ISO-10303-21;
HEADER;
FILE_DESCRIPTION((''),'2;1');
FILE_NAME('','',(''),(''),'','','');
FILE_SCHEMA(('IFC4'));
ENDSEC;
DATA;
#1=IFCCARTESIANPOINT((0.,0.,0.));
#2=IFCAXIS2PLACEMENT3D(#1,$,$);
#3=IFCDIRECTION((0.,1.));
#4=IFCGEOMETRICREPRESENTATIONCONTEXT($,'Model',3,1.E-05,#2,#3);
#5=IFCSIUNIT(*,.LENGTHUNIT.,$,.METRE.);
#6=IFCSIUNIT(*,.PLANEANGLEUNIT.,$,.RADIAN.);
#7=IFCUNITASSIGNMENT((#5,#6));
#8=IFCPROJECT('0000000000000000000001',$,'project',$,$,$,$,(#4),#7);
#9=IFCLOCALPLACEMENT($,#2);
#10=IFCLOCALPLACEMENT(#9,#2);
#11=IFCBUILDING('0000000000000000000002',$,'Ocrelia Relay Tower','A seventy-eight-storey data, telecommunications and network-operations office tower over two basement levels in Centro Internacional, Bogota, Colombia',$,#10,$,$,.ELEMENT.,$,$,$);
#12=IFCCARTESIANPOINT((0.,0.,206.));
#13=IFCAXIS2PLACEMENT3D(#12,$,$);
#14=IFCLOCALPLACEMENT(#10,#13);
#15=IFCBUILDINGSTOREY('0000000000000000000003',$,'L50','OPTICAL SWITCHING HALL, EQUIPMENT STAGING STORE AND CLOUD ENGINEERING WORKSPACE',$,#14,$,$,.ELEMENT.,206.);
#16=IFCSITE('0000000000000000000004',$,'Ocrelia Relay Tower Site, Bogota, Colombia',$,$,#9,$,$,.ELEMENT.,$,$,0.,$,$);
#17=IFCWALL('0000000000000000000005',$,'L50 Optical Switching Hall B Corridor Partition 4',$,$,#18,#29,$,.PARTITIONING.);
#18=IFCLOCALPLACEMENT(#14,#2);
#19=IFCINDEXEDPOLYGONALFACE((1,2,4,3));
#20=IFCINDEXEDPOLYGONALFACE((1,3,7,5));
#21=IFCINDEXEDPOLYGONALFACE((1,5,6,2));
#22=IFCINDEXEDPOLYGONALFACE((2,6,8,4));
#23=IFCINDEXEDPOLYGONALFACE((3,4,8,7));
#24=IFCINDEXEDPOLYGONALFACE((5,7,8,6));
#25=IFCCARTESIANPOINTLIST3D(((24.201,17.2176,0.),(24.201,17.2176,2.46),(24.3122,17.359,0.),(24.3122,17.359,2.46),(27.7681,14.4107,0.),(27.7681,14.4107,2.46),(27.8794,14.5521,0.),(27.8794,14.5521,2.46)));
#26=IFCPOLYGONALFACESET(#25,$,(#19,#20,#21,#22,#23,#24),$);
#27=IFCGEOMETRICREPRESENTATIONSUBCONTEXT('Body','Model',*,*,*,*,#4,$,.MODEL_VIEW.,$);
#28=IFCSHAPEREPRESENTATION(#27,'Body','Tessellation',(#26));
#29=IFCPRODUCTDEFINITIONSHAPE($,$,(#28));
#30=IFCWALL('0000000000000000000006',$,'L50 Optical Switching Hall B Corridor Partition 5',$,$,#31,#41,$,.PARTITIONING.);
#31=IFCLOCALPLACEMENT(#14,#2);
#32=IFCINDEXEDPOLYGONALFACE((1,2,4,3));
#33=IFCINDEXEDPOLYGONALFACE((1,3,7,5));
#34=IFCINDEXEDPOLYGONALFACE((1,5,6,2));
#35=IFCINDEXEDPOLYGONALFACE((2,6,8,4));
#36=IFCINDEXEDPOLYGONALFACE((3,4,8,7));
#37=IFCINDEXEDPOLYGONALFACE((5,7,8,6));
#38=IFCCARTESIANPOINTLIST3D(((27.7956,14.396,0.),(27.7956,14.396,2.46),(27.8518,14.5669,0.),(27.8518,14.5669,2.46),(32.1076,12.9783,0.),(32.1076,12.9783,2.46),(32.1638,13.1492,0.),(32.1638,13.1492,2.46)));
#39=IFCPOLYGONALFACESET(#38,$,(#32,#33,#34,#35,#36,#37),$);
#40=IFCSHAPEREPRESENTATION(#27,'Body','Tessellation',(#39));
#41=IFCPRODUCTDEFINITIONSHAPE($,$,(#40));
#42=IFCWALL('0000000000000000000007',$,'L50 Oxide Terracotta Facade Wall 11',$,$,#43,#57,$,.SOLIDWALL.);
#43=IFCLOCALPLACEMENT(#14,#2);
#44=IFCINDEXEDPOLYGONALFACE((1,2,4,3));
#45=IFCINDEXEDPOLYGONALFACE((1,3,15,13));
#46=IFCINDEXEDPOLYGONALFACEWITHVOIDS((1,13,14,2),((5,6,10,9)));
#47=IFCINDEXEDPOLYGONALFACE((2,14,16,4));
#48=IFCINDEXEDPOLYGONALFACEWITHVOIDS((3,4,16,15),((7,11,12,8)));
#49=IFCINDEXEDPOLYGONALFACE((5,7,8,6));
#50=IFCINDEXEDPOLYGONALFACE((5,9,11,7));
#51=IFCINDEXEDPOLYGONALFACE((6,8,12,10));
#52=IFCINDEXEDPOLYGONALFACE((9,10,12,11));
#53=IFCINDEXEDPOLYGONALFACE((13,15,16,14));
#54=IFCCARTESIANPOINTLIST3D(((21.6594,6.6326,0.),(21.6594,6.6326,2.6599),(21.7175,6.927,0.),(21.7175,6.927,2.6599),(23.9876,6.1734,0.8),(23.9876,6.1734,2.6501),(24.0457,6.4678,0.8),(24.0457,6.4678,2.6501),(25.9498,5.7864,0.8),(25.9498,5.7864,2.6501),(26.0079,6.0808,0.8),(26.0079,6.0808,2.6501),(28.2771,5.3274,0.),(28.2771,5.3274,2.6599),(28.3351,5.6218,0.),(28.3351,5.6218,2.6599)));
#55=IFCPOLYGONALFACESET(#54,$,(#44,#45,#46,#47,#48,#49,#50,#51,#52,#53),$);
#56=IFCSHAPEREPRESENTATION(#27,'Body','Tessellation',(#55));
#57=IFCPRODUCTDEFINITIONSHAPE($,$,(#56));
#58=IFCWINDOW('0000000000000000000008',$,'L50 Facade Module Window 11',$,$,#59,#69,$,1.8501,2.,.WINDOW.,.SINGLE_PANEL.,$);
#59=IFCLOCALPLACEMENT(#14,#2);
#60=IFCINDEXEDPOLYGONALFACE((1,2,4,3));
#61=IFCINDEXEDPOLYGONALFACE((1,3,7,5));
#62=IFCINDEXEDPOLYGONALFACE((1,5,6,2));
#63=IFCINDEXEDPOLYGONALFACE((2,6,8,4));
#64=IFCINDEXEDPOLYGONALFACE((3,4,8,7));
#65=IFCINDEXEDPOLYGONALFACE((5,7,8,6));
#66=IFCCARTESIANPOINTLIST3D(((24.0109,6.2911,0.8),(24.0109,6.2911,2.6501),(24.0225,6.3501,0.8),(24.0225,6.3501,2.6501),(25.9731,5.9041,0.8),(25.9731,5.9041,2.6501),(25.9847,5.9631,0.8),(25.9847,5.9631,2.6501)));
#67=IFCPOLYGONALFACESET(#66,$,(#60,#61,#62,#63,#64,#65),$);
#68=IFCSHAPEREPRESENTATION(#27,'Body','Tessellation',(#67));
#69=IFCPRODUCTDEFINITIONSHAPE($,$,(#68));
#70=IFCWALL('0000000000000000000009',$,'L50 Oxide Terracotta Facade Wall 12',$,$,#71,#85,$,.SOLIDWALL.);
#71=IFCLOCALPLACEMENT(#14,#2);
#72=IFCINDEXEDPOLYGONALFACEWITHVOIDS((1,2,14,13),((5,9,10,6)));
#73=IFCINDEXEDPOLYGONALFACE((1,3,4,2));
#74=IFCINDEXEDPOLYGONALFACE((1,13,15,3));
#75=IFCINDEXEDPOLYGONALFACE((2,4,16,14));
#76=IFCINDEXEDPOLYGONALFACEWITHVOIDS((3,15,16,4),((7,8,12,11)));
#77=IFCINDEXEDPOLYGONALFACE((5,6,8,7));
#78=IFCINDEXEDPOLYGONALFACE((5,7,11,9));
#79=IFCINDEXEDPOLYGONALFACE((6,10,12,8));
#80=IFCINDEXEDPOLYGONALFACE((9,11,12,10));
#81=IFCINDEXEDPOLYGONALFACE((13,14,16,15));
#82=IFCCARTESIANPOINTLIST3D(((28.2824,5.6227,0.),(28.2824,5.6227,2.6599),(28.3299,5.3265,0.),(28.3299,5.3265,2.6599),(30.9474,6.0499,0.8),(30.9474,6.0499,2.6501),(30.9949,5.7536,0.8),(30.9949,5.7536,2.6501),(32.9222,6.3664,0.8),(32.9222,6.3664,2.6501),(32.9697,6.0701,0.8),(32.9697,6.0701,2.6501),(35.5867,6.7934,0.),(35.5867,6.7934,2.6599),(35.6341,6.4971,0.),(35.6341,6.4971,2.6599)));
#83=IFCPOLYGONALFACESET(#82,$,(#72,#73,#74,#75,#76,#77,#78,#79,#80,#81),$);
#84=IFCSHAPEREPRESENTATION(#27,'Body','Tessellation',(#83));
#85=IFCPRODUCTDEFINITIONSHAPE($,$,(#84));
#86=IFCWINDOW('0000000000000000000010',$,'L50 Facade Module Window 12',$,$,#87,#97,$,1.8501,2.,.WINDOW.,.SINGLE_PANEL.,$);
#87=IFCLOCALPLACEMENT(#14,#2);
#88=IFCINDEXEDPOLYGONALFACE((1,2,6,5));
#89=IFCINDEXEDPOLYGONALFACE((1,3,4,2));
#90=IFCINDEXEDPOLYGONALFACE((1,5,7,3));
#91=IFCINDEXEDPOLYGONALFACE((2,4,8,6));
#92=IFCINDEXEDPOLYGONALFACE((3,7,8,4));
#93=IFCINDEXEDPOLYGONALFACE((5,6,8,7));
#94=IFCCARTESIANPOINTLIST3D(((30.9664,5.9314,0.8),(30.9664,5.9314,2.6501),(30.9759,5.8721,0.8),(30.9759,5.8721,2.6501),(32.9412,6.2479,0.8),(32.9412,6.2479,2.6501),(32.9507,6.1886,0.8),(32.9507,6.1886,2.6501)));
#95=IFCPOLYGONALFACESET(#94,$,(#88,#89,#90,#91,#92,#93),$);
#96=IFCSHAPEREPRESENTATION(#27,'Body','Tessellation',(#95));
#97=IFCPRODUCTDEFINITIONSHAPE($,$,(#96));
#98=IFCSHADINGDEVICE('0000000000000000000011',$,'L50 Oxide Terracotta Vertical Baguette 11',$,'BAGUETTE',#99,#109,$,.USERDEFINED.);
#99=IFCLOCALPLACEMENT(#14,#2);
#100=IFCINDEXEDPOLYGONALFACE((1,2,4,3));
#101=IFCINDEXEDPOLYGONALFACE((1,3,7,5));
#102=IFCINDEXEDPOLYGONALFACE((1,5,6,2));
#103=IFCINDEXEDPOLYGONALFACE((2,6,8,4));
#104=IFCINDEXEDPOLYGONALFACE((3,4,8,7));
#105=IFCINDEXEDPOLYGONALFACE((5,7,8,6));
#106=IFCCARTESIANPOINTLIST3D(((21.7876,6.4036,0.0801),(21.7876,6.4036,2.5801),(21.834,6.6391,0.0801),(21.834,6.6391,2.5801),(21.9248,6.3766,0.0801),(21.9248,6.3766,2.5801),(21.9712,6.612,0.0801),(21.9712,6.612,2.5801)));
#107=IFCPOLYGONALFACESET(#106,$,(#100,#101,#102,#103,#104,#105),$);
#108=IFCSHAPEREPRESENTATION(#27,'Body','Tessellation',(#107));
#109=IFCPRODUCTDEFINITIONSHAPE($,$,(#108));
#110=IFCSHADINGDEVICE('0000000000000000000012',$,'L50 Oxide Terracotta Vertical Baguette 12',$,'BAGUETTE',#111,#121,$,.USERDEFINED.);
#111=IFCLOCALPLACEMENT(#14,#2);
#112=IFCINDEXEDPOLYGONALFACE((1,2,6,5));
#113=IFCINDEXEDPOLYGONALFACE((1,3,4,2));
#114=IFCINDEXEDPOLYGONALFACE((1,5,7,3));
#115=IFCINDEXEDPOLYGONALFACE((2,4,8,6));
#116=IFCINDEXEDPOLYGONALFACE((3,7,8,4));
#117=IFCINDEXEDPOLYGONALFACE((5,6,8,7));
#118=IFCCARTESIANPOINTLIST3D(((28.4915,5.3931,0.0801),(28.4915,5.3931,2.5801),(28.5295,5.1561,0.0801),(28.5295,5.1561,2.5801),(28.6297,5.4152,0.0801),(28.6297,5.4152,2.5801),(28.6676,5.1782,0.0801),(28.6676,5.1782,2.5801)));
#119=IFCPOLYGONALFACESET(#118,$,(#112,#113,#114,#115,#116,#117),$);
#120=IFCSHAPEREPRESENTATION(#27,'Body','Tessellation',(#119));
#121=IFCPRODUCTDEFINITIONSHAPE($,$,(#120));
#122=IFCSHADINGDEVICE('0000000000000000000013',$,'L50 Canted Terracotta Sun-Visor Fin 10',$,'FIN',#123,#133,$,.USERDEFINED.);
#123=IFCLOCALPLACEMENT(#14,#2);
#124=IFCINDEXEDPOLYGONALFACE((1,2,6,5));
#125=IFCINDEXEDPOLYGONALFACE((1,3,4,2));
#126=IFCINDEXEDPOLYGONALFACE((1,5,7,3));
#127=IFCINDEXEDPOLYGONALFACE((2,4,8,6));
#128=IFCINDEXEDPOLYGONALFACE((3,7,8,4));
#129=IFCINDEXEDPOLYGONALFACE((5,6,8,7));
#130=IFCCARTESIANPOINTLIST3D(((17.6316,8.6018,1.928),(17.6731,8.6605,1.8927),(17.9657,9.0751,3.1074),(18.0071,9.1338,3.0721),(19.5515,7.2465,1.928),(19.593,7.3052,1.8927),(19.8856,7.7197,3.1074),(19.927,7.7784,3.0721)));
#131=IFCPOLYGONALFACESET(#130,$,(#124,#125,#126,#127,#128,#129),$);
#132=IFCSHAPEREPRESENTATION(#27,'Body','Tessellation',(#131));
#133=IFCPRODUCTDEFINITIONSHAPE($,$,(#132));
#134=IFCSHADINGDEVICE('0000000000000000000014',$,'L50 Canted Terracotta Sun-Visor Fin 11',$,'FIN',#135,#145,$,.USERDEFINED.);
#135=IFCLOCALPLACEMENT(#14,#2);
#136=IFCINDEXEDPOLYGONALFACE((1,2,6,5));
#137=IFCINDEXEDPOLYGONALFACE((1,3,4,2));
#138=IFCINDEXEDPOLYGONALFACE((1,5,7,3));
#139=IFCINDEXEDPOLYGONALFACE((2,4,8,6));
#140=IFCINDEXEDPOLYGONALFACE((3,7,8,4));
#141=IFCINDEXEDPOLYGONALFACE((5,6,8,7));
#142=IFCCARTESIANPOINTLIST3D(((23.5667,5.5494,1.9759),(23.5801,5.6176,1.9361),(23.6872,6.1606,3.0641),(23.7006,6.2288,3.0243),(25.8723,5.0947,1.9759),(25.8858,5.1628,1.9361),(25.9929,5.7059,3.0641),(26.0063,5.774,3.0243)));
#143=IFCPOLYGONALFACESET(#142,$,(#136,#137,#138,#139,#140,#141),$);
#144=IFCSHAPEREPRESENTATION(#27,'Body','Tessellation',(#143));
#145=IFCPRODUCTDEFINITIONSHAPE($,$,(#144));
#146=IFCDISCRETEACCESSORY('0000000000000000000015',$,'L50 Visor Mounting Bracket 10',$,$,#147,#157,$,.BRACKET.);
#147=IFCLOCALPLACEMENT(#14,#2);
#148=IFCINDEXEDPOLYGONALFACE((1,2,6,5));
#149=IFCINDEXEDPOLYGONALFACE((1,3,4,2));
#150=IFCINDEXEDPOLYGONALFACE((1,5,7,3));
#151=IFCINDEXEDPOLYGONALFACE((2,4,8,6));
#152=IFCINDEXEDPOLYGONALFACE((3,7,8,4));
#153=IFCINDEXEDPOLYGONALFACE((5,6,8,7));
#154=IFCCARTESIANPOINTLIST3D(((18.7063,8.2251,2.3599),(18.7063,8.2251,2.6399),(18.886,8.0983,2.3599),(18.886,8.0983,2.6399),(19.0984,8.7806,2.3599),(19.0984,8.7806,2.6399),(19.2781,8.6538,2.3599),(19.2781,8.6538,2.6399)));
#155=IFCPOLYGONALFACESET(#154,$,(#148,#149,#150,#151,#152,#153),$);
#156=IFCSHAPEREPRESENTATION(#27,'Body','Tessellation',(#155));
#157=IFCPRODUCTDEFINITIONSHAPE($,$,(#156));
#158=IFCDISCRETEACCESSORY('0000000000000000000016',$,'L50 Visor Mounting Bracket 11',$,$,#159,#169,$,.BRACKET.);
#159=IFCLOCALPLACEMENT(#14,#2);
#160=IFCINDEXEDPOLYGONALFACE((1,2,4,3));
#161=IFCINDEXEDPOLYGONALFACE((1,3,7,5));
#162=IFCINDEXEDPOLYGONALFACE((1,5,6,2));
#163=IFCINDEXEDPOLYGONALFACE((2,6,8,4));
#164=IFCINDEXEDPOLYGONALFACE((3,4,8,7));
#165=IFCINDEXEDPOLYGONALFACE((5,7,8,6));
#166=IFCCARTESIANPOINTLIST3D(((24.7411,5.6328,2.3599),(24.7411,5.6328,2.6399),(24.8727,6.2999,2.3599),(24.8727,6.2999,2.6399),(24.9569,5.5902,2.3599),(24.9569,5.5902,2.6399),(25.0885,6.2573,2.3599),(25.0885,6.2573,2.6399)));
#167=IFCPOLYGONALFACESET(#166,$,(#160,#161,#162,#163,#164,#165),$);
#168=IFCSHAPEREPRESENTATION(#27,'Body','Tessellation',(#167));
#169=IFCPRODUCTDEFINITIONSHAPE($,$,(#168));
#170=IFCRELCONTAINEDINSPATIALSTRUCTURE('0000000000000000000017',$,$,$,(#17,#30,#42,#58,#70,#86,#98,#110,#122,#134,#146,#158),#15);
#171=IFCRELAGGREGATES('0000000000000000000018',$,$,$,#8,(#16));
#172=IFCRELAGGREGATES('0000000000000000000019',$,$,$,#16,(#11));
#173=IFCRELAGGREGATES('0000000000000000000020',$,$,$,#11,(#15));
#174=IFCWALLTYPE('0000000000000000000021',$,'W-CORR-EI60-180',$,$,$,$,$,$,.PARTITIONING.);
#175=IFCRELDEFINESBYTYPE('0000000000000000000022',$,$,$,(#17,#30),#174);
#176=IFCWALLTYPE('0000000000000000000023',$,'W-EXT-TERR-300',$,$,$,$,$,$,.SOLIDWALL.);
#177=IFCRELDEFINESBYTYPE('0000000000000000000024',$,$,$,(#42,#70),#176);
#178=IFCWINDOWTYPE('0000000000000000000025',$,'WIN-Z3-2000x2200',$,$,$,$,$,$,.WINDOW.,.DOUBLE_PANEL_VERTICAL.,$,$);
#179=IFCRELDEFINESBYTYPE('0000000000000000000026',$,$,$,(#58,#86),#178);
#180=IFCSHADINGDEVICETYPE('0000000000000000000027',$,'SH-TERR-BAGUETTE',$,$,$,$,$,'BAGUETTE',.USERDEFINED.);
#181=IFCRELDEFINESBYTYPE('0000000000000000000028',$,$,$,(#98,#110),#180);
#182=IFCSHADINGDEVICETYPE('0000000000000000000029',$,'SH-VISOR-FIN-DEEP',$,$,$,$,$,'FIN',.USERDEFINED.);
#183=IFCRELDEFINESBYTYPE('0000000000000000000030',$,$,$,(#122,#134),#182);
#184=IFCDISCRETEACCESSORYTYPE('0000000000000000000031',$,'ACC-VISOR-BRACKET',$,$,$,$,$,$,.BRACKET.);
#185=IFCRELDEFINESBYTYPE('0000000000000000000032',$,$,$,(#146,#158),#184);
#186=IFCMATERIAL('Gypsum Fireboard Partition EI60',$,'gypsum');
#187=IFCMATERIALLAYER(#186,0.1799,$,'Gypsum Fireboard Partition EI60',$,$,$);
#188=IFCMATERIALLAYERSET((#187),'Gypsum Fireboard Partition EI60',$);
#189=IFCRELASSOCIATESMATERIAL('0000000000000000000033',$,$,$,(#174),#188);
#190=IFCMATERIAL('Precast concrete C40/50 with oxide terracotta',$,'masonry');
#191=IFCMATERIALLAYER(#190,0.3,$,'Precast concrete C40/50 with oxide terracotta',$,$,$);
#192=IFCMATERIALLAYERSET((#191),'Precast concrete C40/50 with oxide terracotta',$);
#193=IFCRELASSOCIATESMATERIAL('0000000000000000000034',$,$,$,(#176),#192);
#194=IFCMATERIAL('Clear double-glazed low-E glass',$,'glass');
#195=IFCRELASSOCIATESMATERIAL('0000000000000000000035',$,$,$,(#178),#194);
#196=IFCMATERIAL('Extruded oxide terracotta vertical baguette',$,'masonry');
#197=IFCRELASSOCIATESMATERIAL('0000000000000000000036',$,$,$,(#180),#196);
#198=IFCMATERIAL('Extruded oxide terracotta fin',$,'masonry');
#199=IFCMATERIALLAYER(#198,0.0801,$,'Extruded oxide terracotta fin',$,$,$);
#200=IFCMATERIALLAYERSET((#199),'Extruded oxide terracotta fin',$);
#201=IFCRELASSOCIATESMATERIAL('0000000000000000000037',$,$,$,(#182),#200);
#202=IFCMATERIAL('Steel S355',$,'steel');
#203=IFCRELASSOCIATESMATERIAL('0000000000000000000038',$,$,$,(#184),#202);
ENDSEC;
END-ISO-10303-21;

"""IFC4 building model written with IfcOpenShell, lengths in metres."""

from ifc_helpers import new_model, si_unit, direction, frame, frame_2d, origin, origin_2d, place, context, subcontext, project, spatial, rectangle, extrude, material, layer, layer_set, type_object, element, fill, save


model = new_model("IFC4")

# Units and contexts
model_context = context("Model", 3, precision=1e-05, world=origin(), true_north=direction((0.0, 1.0)))
body_context = subcontext(model_context, "Body", "Model", "MODEL_VIEW")
ifc_project = project(units=[si_unit("LENGTHUNIT", "METRE"), si_unit("PLANEANGLEUNIT", "RADIAN")], contexts=[model_context])

# Site, building, storey
site_placement = place(None, origin())
site = spatial("IfcSite", under=ifc_project, at=site_placement, Name="Ocrelia Relay Tower Site, Bogota, Colombia", CompositionType="ELEMENT", RefElevation=0.0)
building_placement = place(site_placement, origin())
building = spatial("IfcBuilding", under=site, at=building_placement, Name="Ocrelia Relay Tower", Description="A seventy-eight-storey data, telecommunications and network-operations office tower over two basement levels in Centro Internacional, Bogota, Colombia", CompositionType="ELEMENT")
storey_placement = place(building_placement, frame((0.0, 0.0, 206.0)))
storey = spatial("IfcBuildingStorey", under=building, at=storey_placement, Name="L50", Description="OPTICAL SWITCHING HALL, EQUIPMENT STAGING STORE AND CLOUD ENGINEERING WORKSPACE", CompositionType="ELEMENT", Elevation=206.0)

# Shared definitions
ifc_material_1 = material(Name="Steel S355", Category="steel")

# Shared definitions
ifc_material_2 = material(Name="Clear double-glazed low-E glass", Category="glass")

# Walls
ifc_material_3 = material(Name="Gypsum Fireboard Partition EI60", Category="gypsum")
ifc_layer_1 = layer(ifc_material_3, 0.1799, Name="Gypsum Fireboard Partition EI60")
ifc_layer_set_1 = layer_set([ifc_layer_1], Name="Gypsum Fireboard Partition EI60")
wall_type_1 = type_object("IfcWallType", Name="W-CORR-EI60-180", PredefinedType="PARTITIONING", material=ifc_layer_set_1)
for number, where, z_axis, x_axis, name in (
    (1, (24.2566, 17.2883, 0.0), (0.0, 0.0, 1.0), (0.785876, -0.618384, 0.0), "L50 Optical Switching Hall B Corridor Partition 4"),
    (2, (27.8237, 14.4814, 0.0), (0.0, 0.0, 1.0), (0.949972, -0.312336, 0.0), "L50 Optical Switching Hall B Corridor Partition 5"),
):
    element("IfcWall", number, at=place(storey_placement, frame(where, z_axis=z_axis, x_axis=x_axis)), inside=storey, type_object=wall_type_1, Name=name, PredefinedType="PARTITIONING", context=body_context, shape_type="SweptSolid", body=[
        extrude(rectangle(XDim=4.5391, YDim=0.1799, at=frame_2d((2.2695, 0.0))), origin(), (0.0, 0.0, 1.0), 2.46),
    ])

# Walls, openings, windows
ifc_material_4 = material(Name="Precast concrete C40/50 with oxide terracotta", Category="masonry")
ifc_layer_2 = layer(ifc_material_4, 0.3, Name="Precast concrete C40/50 with oxide terracotta")
ifc_layer_set_2 = layer_set([ifc_layer_2], Name="Precast concrete C40/50 with oxide terracotta")
wall_type_2 = type_object("IfcWallType", Name="W-EXT-TERR-300", PredefinedType="SOLIDWALL", material=ifc_layer_set_2)
wall_1_placement = place(storey_placement, frame((21.6885, 6.7798, 0.0), z_axis=(0.0, 0.0, 1.0), x_axis=(0.981101, -0.193498, 0.0)))
wall_1 = element("IfcWall", 3, at=wall_1_placement, inside=storey, type_object=wall_type_2, Name="L50 Oxide Terracotta Facade Wall 11", PredefinedType="SOLIDWALL", context=body_context, shape_type="SweptSolid", body=[
    extrude(rectangle(XDim=6.7451, YDim=0.3, at=frame_2d((3.3726, 0.0))), origin(), (0.0, 0.0, 1.0), 2.6599),
])
opening_1_placement = place(wall_1_placement, frame((2.373, 0.0, 0.8)))
opening_1 = element("IfcOpeningElement", 4, at=opening_1_placement, cuts=wall_1, PredefinedType="OPENING", context=body_context, shape_type="SweptSolid", body=[
    extrude(rectangle(XDim=2.0, YDim=1.8501, at=frame_2d((1.0, 0.925))), frame((0.0, 0.1602, 0.0), z_axis=(0.0, -1.0, 0.0), x_axis=(1.0, 0.0, 0.0)), (0.0, 0.0, 1.0), 0.3201),
])
window_type = type_object("IfcWindowType", Name="WIN-Z3-2000x2200", PartitioningType="DOUBLE_PANEL_VERTICAL", PredefinedType="WINDOW", material=ifc_material_2)
window_1_placement = place(opening_1_placement, origin())
window_1 = element("IfcWindow", 5, at=window_1_placement, inside=storey, type_object=window_type, Name="L50 Facade Module Window 11", OverallHeight=1.8501, OverallWidth=2.0, PartitioningType="SINGLE_PANEL", PredefinedType="WINDOW", context=body_context, shape_type="SweptSolid", body=[
    extrude(rectangle(XDim=2.0, YDim=1.8501, at=frame_2d((1.0, 0.925))), frame((0.0, 0.03, 0.0), z_axis=(0.0, -1.0, 0.0), x_axis=(1.0, 0.0, 0.0)), (0.0, 0.0, 1.0), 0.0601),
])
fill(opening_1, window_1)
wall_2_placement = place(storey_placement, frame((28.3062, 5.4746, 0.0), z_axis=(0.0, 0.0, 1.0), x_axis=(0.987399, 0.158252, 0.0)))
wall_2 = element("IfcWall", 6, at=wall_2_placement, inside=storey, type_object=wall_type_2, Name="L50 Oxide Terracotta Facade Wall 12", PredefinedType="SOLIDWALL", context=body_context, shape_type="SweptSolid", body=[
    extrude(rectangle(XDim=7.3975, YDim=0.3, at=frame_2d((3.6987, 0.0))), origin(), (0.0, 0.0, 1.0), 2.6599),
])
opening_2_placement = place(wall_2_placement, frame((2.699, 0.0, 0.8)))
opening_2 = element("IfcOpeningElement", 7, at=opening_2_placement, cuts=wall_2, PredefinedType="OPENING", context=body_context, shape_type="SweptSolid", body=[
    extrude(rectangle(XDim=2.0, YDim=1.8501, at=frame_2d((1.0, 0.925))), frame((0.0, 0.1602, 0.0), z_axis=(0.0, -1.0, 0.0), x_axis=(1.0, 0.0, 0.0)), (0.0, 0.0, 1.0), 0.3201),
])
window_2_placement = place(opening_2_placement, origin())
window_2 = element("IfcWindow", 8, at=window_2_placement, inside=storey, type_object=window_type, Name="L50 Facade Module Window 12", OverallHeight=1.8501, OverallWidth=2.0, PartitioningType="SINGLE_PANEL", PredefinedType="WINDOW", context=body_context, shape_type="SweptSolid", body=[
    extrude(rectangle(XDim=2.0, YDim=1.8501, at=frame_2d((1.0, 0.925))), frame((0.0, 0.03, 0.0), z_axis=(0.0, -1.0, 0.0), x_axis=(1.0, 0.0, 0.0)), (0.0, 0.0, 1.0), 0.0601),
])
fill(opening_2, window_2)

# Shading devices
ifc_material_5 = material(Name="Extruded oxide terracotta vertical baguette", Category="masonry")
shading_device_type_1 = type_object("IfcShadingDeviceType", Name="SH-TERR-BAGUETTE", ElementType="BAGUETTE", PredefinedType="USERDEFINED", material=ifc_material_5)
for number, where, z_axis, x_axis, name in (
    (9, (21.8794, 6.5078, 0.0801), (0.0, 0.0, 1.0), (0.981102, -0.19349, 0.0), "L50 Oxide Terracotta Vertical Baguette 11"),
    (10, (28.5796, 5.2856, 0.0801), (0.0, 0.0, 1.0), (0.9874, 0.158243, 0.0), "L50 Oxide Terracotta Vertical Baguette 12"),
):
    element("IfcShadingDevice", number, at=place(storey_placement, frame(where, z_axis=z_axis, x_axis=x_axis)), inside=storey, type_object=shading_device_type_1, Name=name, ObjectType="BAGUETTE", PredefinedType="USERDEFINED", context=body_context, shape_type="SweptSolid", body=[
        extrude(rectangle(XDim=0.1399, YDim=0.24, at=origin_2d()), origin(), (0.0, 0.0, 1.0), 2.5),
    ])
ifc_material_6 = material(Name="Extruded oxide terracotta fin", Category="masonry")
ifc_layer_3 = layer(ifc_material_6, 0.0801, Name="Extruded oxide terracotta fin")
ifc_layer_set_3 = layer_set([ifc_layer_3], Name="Extruded oxide terracotta fin")
shading_device_type_2 = type_object("IfcShadingDeviceType", Name="SH-VISOR-FIN-DEEP", ElementType="FIN", PredefinedType="USERDEFINED", material=ifc_layer_set_3)
shading_device_1_placement = place(storey_placement, frame((18.8, 8.2195, 2.4824), z_axis=(-0.517639, -0.733263, 0.440879), x_axis=(0.816946, -0.576714, 0.0)))
element("IfcShadingDevice", 11, at=shading_device_1_placement, inside=storey, type_object=shading_device_type_2, Name="L50 Canted Terracotta Sun-Visor Fin 10", ObjectType="FIN", PredefinedType="USERDEFINED", context=body_context, shape_type="SweptSolid", body=[
    extrude(rectangle(XDim=2.3501, YDim=1.314, at=origin_2d()), origin(), (0.0, 0.0, 1.0), 0.0801),
])
shading_device_2_placement = place(storey_placement, frame((24.7932, 5.6958, 2.4802), z_axis=(-0.16792, -0.851452, 0.496822), x_axis=(0.981102, -0.19349, 0.0)))
element("IfcShadingDevice", 12, at=shading_device_2_placement, inside=storey, type_object=shading_device_type_2, Name="L50 Canted Terracotta Sun-Visor Fin 11", ObjectType="FIN", PredefinedType="USERDEFINED", context=body_context, shape_type="SweptSolid", body=[
    extrude(rectangle(XDim=2.3501, YDim=1.2539, at=origin_2d()), origin(), (0.0, 0.0, 1.0), 0.0801),
])

# Discrete accessories
discrete_accessory_type = type_object("IfcDiscreteAccessoryType", Name="ACC-VISOR-BRACKET", PredefinedType="BRACKET", material=ifc_material_1)
for number, where, z_axis, x_axis, name in (
    (13, (18.9922, 8.4395, 2.3599), (0.0, 0.0, 1.0), (0.816946, -0.576714, 0.0), "L50 Visor Mounting Bracket 10"),
    (14, (24.9148, 5.9451, 2.3599), (0.0, 0.0, 1.0), (0.981102, -0.19349, 0.0), "L50 Visor Mounting Bracket 11"),
):
    element("IfcDiscreteAccessory", number, at=place(storey_placement, frame(where, z_axis=z_axis, x_axis=x_axis)), inside=storey, type_object=discrete_accessory_type, Name=name, PredefinedType="BRACKET", context=body_context, shape_type="SweptSolid", body=[
        extrude(rectangle(XDim=0.22, YDim=0.6799, at=origin_2d()), origin(), (0.0, 0.0, 1.0), 0.28),
    ])

save(model, "model.ifc")
